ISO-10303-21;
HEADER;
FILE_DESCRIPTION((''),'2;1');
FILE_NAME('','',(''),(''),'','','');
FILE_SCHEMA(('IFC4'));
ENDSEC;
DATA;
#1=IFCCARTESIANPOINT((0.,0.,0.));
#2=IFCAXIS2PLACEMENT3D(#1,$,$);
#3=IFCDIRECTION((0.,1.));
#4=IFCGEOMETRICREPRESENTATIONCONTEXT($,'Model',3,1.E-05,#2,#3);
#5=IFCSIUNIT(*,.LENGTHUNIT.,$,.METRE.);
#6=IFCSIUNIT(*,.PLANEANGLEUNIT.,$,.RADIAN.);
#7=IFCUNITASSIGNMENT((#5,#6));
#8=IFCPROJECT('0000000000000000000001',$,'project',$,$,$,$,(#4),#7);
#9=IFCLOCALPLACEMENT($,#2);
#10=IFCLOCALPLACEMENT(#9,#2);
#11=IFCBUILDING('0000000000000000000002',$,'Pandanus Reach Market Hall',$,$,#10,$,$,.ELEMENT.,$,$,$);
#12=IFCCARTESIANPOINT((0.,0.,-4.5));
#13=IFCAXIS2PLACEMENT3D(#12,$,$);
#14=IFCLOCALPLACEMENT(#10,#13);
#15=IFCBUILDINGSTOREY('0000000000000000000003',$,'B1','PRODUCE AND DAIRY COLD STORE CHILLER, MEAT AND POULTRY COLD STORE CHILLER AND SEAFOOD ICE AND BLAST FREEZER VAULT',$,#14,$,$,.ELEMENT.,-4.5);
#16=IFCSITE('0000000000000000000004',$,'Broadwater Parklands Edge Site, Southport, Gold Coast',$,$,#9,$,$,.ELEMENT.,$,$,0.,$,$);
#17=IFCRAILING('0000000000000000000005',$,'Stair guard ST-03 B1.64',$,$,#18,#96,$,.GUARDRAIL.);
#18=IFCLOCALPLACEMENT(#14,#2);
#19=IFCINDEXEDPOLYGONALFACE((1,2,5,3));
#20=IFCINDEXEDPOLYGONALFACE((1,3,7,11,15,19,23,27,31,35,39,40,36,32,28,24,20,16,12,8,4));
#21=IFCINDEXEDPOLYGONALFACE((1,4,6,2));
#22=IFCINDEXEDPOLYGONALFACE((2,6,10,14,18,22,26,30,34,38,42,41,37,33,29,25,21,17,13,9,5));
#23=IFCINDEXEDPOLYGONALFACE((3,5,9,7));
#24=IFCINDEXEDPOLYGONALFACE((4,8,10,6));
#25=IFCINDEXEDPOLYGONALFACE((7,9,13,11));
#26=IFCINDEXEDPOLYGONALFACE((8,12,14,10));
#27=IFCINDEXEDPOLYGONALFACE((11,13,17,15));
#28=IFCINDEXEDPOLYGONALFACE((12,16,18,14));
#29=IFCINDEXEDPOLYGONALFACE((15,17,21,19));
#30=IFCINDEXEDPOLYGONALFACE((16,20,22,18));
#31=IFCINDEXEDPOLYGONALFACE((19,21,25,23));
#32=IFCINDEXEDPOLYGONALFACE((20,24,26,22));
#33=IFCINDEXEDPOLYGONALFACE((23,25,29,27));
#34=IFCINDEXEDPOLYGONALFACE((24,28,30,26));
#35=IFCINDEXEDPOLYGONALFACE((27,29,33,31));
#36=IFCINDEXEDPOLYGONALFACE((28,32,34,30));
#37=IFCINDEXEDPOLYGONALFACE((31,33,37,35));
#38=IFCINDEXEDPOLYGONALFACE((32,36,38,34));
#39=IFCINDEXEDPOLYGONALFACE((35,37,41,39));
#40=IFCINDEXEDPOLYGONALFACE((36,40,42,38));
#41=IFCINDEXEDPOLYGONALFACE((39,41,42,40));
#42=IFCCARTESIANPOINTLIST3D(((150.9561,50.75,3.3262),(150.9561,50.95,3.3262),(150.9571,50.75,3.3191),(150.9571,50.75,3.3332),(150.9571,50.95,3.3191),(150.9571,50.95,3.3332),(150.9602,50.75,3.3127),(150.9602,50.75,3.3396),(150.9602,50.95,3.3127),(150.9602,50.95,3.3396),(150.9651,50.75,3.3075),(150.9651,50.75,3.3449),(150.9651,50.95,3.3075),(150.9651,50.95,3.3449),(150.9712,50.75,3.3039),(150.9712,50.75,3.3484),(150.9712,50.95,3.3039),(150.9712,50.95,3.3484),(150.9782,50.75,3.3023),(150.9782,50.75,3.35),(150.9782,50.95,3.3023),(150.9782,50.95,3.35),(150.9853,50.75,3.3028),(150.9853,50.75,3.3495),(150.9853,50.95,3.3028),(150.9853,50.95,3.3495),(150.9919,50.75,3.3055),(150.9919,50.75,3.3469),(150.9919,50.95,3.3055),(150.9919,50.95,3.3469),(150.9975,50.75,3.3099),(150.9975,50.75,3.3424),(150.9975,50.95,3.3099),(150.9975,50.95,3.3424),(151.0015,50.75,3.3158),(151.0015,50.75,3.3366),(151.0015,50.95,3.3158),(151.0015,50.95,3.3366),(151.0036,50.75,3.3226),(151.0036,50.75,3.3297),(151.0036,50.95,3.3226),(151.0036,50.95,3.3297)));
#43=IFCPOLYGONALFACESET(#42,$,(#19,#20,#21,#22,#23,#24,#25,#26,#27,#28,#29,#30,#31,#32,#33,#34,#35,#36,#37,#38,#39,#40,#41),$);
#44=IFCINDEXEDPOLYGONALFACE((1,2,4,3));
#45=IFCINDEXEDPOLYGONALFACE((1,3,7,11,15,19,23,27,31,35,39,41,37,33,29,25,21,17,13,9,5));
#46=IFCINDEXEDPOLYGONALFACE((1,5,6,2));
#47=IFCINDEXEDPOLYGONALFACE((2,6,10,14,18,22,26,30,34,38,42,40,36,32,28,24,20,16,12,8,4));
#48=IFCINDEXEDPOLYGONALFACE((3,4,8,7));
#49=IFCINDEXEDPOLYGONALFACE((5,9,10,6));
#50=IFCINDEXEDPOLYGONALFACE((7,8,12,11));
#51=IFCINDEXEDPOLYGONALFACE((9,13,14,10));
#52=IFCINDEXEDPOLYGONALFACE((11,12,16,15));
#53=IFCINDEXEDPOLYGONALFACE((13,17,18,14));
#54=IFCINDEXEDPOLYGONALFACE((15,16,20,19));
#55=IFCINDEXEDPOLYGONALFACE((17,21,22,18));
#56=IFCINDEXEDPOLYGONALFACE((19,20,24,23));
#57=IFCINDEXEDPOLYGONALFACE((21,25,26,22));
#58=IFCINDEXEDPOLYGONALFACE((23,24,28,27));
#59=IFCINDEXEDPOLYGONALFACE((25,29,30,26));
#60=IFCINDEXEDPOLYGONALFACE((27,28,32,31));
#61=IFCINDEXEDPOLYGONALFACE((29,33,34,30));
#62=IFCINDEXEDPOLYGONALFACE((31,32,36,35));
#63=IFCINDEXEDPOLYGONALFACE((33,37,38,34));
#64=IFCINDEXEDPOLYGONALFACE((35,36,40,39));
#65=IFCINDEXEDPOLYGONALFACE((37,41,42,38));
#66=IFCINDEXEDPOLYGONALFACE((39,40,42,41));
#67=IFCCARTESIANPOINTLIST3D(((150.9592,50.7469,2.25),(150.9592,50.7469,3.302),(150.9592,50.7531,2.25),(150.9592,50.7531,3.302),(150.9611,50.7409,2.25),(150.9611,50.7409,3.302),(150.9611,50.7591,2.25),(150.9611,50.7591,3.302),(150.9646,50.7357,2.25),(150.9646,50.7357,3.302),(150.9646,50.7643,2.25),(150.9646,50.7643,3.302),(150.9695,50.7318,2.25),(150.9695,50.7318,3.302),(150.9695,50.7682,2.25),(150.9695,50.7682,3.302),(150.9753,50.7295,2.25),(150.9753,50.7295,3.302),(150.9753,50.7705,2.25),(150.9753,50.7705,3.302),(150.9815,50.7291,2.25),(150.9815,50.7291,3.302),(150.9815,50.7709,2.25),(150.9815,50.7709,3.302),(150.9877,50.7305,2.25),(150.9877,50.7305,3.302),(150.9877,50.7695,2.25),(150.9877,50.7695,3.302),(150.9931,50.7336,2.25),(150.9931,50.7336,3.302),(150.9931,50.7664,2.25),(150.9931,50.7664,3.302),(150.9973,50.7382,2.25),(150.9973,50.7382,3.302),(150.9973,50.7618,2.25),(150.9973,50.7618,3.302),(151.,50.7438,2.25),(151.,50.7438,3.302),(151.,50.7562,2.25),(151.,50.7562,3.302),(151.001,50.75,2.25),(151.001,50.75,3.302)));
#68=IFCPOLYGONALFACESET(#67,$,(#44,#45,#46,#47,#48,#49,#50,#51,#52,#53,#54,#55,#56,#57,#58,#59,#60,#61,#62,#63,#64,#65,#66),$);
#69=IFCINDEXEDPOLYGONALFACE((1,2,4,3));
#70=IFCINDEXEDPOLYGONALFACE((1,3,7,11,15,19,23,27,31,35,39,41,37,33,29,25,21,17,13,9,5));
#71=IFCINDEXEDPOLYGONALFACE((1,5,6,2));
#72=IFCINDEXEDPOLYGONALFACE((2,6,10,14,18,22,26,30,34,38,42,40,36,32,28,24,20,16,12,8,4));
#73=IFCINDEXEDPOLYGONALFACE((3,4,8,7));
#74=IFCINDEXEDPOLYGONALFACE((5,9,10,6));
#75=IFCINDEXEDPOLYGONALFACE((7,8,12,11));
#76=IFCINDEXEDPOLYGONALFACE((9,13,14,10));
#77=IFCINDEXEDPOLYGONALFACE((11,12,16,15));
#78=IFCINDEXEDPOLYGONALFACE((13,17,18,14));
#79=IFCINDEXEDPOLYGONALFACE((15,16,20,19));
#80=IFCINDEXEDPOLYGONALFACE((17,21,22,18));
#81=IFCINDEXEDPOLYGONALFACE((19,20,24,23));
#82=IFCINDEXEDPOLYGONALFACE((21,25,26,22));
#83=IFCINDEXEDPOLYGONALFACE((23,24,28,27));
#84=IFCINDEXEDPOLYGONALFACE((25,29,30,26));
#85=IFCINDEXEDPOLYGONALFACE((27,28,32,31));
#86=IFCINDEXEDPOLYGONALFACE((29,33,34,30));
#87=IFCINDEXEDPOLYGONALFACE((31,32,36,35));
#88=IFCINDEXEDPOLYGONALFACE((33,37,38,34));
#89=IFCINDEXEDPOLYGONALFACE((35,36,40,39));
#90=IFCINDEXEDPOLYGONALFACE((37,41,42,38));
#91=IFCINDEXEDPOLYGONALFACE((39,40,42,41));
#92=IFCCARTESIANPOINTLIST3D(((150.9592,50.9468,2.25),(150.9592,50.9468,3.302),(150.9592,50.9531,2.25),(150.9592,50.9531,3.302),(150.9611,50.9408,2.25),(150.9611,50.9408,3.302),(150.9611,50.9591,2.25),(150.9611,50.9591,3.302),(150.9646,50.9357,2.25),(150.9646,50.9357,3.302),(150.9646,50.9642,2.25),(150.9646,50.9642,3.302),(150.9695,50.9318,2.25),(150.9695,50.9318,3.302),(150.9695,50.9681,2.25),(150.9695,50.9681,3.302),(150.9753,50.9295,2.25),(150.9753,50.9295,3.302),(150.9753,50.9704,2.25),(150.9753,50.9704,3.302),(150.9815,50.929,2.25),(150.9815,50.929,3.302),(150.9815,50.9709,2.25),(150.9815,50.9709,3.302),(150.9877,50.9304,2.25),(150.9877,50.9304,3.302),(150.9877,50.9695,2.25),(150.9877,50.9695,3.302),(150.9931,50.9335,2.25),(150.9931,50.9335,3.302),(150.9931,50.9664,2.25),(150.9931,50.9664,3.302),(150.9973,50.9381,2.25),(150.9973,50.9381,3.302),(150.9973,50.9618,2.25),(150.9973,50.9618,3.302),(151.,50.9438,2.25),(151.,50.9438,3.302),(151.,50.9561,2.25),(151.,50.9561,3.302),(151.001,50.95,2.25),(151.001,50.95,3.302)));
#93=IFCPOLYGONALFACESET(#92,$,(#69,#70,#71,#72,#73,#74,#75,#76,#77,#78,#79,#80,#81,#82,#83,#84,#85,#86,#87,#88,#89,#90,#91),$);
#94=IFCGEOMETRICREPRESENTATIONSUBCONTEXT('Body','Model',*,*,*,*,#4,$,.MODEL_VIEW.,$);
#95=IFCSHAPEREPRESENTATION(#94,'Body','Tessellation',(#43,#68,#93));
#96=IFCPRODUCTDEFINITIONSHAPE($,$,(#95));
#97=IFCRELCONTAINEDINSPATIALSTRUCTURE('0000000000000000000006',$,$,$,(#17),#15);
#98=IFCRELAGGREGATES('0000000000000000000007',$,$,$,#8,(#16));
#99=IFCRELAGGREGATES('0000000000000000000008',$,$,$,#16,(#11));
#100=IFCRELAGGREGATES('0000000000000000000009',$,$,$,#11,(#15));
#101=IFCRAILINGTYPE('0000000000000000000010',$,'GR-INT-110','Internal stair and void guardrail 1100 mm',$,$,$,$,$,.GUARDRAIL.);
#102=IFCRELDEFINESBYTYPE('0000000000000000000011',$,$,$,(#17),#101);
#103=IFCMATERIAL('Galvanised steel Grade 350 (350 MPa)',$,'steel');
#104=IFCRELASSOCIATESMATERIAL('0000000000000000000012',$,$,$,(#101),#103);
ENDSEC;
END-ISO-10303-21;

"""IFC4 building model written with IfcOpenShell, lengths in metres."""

from ifc_helpers import new_model, si_unit, direction, frame, origin, origin_2d, place, context, subcontext, project, spatial, circle, extrude, material, type_object, element, save


model = new_model("IFC4")

# Units and contexts
model_context = context("Model", 3, precision=1e-05, world=origin(), true_north=direction((0.0, 1.0)))
body_context = subcontext(model_context, "Body", "Model", "MODEL_VIEW")
ifc_project = project(units=[si_unit("LENGTHUNIT", "METRE"), si_unit("PLANEANGLEUNIT", "RADIAN")], contexts=[model_context])

# Site, building, storey
site_placement = place(None, origin())
site = spatial("IfcSite", under=ifc_project, at=site_placement, Name="Broadwater Parklands Edge Site, Southport, Gold Coast", CompositionType="ELEMENT", RefElevation=0.0)
building_placement = place(site_placement, origin())
building = spatial("IfcBuilding", under=site, at=building_placement, Name="Pandanus Reach Market Hall", CompositionType="ELEMENT")
storey_placement = place(building_placement, frame((0.0, 0.0, -4.5)))
storey = spatial("IfcBuildingStorey", under=building, at=storey_placement, Name="B1", Description="PRODUCE AND DAIRY COLD STORE CHILLER, MEAT AND POULTRY COLD STORE CHILLER AND SEAFOOD ICE AND BLAST FREEZER VAULT", CompositionType="ELEMENT", Elevation=-4.5)

# Railing
ifc_material_1 = material(Name="Galvanised steel Grade 350 (350 MPa)", Category="steel")
railing_type_1 = type_object("IfcRailingType", Name="GR-INT-110", Description="Internal stair and void guardrail 1100 mm", PredefinedType="GUARDRAIL", material=ifc_material_1)
railing_1_placement = place(storey_placement, frame((150.98, 50.75, 2.25)))
element("IfcRailing", 1, at=railing_1_placement, inside=storey, type_object=railing_type_1, Name="Stair guard ST-03 B1.64", PredefinedType="GUARDRAIL", context=body_context, shape_type="SweptSolid", body=[
    extrude(circle(Radius=0.0239, at=origin_2d()), frame((0.0, 0.0, 1.0762), z_axis=(0.0, 1.0, 0.0), x_axis=(-1.0, 0.0, 0.0)), (0.0, 0.0, 1.0), 0.2),
    extrude(circle(Radius=0.021, at=origin_2d()), origin(), (0.0, 0.0, 1.0), 1.052),
    extrude(circle(Radius=0.021, at=origin_2d()), frame((0.0, 0.2, 0.0)), (0.0, 0.0, 1.0), 1.052),
])

save(model, "model.ifc")
